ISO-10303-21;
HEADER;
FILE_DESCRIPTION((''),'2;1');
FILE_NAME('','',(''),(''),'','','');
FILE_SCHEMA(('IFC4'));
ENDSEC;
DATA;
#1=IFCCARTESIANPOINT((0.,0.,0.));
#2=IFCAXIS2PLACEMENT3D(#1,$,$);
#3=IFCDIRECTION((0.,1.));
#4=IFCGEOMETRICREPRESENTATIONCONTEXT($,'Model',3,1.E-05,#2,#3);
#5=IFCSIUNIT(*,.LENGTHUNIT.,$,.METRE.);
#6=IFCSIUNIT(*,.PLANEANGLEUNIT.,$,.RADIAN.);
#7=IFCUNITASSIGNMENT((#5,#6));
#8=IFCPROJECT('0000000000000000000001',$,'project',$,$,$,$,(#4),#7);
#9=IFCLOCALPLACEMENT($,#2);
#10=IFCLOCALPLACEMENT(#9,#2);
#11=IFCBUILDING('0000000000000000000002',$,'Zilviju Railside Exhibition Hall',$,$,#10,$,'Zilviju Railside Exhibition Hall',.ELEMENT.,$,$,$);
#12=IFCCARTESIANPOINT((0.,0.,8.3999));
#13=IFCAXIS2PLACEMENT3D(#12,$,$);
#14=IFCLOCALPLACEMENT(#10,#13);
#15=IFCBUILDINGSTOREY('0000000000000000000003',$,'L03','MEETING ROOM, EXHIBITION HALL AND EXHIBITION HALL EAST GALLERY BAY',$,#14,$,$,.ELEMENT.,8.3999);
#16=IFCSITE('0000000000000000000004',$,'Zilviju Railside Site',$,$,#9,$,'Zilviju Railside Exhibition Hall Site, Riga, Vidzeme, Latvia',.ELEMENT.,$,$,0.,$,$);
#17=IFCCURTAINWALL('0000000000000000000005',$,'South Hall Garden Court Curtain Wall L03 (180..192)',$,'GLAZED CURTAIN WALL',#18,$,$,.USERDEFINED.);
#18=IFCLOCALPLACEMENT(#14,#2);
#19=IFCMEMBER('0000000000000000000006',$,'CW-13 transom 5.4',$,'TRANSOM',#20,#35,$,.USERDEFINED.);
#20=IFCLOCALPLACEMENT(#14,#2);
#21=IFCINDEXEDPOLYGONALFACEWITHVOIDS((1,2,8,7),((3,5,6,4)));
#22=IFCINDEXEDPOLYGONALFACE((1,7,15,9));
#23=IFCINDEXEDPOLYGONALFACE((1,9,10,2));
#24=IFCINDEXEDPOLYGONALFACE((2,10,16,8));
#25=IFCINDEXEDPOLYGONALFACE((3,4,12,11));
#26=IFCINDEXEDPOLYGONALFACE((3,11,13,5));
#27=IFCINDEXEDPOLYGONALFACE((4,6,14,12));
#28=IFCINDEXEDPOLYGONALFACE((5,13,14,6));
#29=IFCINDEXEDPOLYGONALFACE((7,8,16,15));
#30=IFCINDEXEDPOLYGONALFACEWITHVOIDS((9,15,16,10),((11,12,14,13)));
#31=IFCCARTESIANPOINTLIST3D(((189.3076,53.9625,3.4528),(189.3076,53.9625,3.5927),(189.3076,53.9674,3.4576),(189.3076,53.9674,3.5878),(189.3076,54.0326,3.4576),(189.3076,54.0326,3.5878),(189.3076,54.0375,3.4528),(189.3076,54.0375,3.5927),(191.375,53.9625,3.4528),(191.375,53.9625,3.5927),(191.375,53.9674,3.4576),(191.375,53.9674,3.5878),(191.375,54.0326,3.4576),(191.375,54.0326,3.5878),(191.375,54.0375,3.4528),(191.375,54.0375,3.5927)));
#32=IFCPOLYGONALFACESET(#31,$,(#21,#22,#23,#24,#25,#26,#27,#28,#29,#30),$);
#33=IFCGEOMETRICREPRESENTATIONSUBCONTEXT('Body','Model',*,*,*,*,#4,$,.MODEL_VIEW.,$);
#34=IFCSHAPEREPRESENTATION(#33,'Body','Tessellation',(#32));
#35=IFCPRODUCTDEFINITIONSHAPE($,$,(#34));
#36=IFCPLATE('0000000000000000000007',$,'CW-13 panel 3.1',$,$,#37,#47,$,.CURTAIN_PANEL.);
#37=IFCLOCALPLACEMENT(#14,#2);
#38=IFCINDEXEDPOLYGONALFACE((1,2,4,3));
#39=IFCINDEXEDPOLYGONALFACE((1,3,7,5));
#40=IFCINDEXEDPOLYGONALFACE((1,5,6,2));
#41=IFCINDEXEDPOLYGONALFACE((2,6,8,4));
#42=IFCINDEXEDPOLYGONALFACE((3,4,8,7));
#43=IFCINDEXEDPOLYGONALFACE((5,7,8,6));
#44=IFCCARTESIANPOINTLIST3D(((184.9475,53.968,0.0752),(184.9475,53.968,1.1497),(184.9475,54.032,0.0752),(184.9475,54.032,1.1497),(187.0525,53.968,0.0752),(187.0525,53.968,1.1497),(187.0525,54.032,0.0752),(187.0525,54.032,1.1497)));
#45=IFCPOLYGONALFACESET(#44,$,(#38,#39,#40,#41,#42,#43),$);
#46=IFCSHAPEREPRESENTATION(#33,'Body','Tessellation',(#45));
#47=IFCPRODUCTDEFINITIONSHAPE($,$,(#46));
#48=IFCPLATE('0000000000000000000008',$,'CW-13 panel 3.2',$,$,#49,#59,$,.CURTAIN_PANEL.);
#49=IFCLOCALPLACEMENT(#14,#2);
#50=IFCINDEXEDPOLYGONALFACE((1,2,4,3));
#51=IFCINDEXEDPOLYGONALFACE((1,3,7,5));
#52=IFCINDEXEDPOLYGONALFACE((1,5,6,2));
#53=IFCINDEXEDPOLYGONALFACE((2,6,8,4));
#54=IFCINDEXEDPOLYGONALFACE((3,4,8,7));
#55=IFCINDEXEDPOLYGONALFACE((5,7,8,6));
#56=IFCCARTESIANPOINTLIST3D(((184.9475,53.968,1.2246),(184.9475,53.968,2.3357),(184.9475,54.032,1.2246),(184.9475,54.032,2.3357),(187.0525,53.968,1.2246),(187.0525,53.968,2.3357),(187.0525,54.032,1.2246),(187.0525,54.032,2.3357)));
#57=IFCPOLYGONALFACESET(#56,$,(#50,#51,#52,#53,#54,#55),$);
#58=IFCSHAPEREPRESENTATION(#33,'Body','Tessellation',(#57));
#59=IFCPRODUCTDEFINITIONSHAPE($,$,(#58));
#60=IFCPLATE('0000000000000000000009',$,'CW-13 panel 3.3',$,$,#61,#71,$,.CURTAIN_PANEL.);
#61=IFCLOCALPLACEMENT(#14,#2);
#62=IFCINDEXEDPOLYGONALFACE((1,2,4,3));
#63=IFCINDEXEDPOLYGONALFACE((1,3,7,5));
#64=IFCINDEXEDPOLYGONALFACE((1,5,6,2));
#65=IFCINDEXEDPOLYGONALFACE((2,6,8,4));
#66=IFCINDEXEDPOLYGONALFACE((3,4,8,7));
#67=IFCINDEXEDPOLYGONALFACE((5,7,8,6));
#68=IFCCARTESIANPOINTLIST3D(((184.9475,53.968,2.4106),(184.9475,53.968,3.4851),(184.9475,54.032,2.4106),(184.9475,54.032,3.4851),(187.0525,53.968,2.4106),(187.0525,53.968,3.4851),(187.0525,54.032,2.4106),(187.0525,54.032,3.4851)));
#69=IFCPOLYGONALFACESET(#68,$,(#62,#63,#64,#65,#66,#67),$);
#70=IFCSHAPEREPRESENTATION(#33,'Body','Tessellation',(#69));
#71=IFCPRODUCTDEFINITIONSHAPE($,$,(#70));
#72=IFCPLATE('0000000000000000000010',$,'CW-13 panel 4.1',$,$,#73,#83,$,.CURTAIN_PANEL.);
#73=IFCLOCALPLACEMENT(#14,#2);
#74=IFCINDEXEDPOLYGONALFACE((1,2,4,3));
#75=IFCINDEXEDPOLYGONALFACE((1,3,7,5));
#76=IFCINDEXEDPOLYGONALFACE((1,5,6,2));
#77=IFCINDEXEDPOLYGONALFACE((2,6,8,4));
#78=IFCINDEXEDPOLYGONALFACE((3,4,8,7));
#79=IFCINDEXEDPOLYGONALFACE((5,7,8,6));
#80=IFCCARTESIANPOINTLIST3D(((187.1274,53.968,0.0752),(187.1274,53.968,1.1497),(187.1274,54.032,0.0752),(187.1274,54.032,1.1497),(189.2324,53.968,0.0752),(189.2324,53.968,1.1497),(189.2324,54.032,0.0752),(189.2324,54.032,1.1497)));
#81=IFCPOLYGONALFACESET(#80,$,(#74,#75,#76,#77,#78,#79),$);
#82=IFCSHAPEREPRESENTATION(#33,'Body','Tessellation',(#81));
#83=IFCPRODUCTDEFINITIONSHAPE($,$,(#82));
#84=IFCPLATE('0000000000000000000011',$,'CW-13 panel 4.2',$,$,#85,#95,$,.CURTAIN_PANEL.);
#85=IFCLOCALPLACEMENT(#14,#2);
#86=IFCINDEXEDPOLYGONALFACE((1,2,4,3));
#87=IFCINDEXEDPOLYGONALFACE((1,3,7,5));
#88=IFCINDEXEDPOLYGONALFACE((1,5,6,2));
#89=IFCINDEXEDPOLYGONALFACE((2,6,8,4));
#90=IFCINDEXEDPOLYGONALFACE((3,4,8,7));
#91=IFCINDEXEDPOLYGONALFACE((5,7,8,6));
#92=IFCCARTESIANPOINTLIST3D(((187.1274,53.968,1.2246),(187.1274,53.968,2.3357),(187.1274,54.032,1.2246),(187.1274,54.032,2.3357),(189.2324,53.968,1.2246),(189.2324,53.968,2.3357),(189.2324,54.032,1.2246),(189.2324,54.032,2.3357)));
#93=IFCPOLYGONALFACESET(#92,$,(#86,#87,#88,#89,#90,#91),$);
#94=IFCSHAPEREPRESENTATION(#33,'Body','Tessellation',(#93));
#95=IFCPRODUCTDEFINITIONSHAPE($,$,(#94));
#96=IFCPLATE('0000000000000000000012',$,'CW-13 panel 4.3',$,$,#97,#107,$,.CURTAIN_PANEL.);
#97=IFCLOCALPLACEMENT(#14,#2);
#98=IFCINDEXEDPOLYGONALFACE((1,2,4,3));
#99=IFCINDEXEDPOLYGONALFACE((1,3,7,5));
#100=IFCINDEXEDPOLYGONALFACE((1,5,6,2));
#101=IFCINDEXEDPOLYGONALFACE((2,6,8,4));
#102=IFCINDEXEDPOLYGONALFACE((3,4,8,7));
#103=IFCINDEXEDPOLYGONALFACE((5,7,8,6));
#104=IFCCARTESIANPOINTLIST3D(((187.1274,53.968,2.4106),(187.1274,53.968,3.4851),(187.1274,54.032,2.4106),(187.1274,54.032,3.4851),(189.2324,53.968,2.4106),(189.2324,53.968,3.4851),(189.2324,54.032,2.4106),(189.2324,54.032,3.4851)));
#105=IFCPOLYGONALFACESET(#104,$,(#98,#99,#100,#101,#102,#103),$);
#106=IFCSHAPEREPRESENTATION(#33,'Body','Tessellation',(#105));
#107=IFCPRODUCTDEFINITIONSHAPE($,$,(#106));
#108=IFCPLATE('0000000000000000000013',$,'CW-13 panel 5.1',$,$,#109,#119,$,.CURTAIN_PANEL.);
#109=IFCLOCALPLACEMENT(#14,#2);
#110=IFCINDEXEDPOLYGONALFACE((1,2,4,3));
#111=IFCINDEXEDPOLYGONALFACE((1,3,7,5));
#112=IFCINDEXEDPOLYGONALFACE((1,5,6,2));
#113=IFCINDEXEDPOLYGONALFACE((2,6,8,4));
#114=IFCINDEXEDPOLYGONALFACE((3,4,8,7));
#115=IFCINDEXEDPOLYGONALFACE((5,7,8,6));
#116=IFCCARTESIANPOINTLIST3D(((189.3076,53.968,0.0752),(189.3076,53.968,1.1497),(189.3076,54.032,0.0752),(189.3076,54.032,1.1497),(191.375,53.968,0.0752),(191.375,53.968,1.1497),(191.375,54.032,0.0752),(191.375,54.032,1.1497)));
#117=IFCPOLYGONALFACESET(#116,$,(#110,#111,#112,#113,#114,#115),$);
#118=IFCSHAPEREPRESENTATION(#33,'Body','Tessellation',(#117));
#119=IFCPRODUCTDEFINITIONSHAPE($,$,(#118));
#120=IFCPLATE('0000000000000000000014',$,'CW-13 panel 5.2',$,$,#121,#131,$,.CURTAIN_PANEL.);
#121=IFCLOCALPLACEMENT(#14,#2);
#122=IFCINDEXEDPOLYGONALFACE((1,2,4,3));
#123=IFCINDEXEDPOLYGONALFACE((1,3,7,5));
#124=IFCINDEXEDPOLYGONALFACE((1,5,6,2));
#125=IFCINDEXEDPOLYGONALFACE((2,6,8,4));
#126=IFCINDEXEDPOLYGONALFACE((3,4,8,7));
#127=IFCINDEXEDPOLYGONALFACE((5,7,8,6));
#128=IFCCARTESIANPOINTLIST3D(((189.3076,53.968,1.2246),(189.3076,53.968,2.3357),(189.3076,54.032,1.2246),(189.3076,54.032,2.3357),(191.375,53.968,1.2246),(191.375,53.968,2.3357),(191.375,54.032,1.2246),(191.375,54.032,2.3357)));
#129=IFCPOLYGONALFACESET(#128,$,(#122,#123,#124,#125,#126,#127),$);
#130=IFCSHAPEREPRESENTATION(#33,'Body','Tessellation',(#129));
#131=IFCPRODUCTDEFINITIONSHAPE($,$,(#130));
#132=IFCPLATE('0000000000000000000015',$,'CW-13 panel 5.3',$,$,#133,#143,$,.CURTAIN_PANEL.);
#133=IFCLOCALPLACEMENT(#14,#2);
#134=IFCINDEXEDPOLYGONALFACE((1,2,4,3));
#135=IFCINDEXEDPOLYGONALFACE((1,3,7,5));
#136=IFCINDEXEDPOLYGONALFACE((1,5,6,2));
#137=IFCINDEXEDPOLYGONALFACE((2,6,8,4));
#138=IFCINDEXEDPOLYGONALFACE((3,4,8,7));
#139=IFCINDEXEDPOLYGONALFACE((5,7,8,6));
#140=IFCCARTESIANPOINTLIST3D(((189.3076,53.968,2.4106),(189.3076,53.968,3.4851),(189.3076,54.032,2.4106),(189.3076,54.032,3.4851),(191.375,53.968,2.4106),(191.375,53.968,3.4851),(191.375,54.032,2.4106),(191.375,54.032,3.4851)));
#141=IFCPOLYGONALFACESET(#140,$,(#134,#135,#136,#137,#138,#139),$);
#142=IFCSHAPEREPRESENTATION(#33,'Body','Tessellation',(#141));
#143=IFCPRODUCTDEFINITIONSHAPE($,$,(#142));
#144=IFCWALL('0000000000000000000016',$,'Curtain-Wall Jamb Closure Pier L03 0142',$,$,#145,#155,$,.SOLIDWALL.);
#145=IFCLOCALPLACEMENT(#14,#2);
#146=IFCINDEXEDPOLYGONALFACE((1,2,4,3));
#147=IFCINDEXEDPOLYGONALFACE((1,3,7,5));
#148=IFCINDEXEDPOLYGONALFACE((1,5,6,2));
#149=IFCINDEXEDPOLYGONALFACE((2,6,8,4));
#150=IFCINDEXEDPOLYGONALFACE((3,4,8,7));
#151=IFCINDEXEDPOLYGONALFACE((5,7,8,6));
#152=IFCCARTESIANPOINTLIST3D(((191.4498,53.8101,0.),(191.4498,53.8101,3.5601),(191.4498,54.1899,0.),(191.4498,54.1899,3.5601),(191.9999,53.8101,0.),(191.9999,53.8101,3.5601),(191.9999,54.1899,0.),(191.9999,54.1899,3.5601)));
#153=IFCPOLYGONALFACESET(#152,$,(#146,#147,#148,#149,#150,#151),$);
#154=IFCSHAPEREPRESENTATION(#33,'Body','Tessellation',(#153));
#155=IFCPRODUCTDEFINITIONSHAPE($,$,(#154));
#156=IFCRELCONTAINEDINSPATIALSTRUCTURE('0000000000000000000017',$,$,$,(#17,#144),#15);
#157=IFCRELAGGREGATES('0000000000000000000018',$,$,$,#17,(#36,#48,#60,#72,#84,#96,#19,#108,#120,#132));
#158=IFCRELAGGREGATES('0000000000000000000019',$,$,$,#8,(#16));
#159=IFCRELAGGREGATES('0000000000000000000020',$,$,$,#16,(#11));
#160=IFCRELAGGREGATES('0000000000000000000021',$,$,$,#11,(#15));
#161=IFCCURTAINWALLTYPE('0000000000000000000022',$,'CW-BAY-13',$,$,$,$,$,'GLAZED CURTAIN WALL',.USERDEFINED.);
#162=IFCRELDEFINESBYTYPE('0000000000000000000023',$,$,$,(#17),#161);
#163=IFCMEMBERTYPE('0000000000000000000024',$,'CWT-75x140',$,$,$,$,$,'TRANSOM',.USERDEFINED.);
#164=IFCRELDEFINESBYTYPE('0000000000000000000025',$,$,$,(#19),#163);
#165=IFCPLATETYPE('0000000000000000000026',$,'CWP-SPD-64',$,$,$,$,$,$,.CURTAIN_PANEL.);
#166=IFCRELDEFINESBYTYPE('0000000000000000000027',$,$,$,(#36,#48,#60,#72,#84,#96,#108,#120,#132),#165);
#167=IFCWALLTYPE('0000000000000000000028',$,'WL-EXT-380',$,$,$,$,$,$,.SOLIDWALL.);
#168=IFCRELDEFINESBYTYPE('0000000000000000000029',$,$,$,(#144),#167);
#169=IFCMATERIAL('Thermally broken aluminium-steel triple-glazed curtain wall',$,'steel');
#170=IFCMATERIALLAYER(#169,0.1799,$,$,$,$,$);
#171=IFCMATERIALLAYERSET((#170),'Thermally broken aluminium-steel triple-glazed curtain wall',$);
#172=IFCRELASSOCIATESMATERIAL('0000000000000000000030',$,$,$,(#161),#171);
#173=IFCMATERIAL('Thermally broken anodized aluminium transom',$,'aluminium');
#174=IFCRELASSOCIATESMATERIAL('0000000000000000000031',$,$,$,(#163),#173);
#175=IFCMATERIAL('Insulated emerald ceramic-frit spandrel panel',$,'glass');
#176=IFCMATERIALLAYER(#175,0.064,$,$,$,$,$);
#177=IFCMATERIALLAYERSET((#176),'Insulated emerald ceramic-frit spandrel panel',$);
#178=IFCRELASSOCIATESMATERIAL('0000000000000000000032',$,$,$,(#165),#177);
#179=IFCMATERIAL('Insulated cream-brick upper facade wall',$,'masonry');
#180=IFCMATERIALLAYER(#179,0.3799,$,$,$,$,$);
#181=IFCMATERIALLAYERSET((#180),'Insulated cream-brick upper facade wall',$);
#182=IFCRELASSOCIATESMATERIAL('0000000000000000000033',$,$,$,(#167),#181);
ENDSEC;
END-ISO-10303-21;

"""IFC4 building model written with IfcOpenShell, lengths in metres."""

from ifc_helpers import new_model, si_unit, direction, frame, frame_2d, origin, origin_2d, place, context, subcontext, project, spatial, rectangle, hollow_rectangle, extrude, material, layer, layer_set, material_profile, profile_set, type_object, element, aggregate, save


model = new_model("IFC4")

# Units and contexts
model_context = context("Model", 3, precision=1e-05, world=origin(), true_north=direction((0.0, 1.0)))
body_context = subcontext(model_context, "Body", "Model", "MODEL_VIEW")
ifc_project = project(units=[si_unit("LENGTHUNIT", "METRE"), si_unit("PLANEANGLEUNIT", "RADIAN")], contexts=[model_context])

# Site, building, storey
site_placement = place(None, origin())
site = spatial("IfcSite", under=ifc_project, at=site_placement, Name="Zilviju Railside Site", LongName="Zilviju Railside Exhibition Hall Site, Riga, Vidzeme, Latvia", CompositionType="ELEMENT", RefElevation=0.0)
building_placement = place(site_placement, origin())
building = spatial("IfcBuilding", under=site, at=building_placement, Name="Zilviju Railside Exhibition Hall", LongName="Zilviju Railside Exhibition Hall", CompositionType="ELEMENT")
storey_placement = place(building_placement, frame((0.0, 0.0, 8.3999)))
storey = spatial("IfcBuildingStorey", under=building, at=storey_placement, Name="L03", Description="MEETING ROOM, EXHIBITION HALL AND EXHIBITION HALL EAST GALLERY BAY", CompositionType="ELEMENT", Elevation=8.3999)

# Curtain wall, member, plates
ifc_material_1 = material(Name="Thermally broken aluminium-steel triple-glazed curtain wall", Category="steel")
ifc_layer_1 = layer(ifc_material_1, 0.1799)
ifc_layer_set_1 = layer_set([ifc_layer_1], Name="Thermally broken aluminium-steel triple-glazed curtain wall")
curtain_wall_type = type_object("IfcCurtainWallType", Name="CW-BAY-13", ElementType="GLAZED CURTAIN WALL", PredefinedType="USERDEFINED", material=ifc_layer_set_1)
curtain_wall_placement = place(storey_placement, origin())
curtain_wall = element("IfcCurtainWall", 1, at=curtain_wall_placement, inside=storey, type_object=curtain_wall_type, Name="South Hall Garden Court Curtain Wall L03 (180..192)", ObjectType="GLAZED CURTAIN WALL", PredefinedType="USERDEFINED")
ifc_material_2 = material(Name="Thermally broken anodized aluminium transom", Category="aluminium")
ifc_material_profile_1 = material_profile(ifc_material_2, hollow_rectangle(XDim=0.075, YDim=0.1399, WallThickness=0.0049, at=origin_2d()), Name="TRANSOM 140x75x5")
ifc_profile_set_1 = profile_set([ifc_material_profile_1], Name="Thermally broken anodized aluminium transom")
member_type_1 = type_object("IfcMemberType", Name="CWT-75x140", ElementType="TRANSOM", PredefinedType="USERDEFINED", material=ifc_profile_set_1)
member_1_placement = place(storey_placement, frame((189.3076, 54.0, 3.5227), z_axis=(1.0, 0.0, 0.0), x_axis=(0.0, 1.0, 0.0)))
member_1 = element("IfcMember", 2, at=member_1_placement, type_object=member_type_1, Name="CW-13 transom 5.4", ObjectType="TRANSOM", PredefinedType="USERDEFINED", context=body_context, shape_type="SweptSolid", body=[
    extrude(hollow_rectangle(XDim=0.075, YDim=0.1399, WallThickness=0.0049, at=origin_2d()), origin(), (0.0, 0.0, 1.0), 2.0674),
])
ifc_material_3 = material(Name="Insulated emerald ceramic-frit spandrel panel", Category="glass")
ifc_layer_2 = layer(ifc_material_3, 0.064)
ifc_layer_set_2 = layer_set([ifc_layer_2], Name="Insulated emerald ceramic-frit spandrel panel")
plate_type = type_object("IfcPlateType", Name="CWP-SPD-64", PredefinedType="CURTAIN_PANEL", material=ifc_layer_set_2)
plate_1_placement = place(storey_placement, frame((186.0, 54.0, 0.0752), z_axis=(0.0, 0.0, 1.0), x_axis=(1.0, 0.0, 0.0)))
plate_1 = element("IfcPlate", 3, at=plate_1_placement, type_object=plate_type, Name="CW-13 panel 3.1", PredefinedType="CURTAIN_PANEL", context=body_context, shape_type="SweptSolid", body=[
    extrude(rectangle(XDim=2.105, YDim=0.064, at=origin_2d()), origin(), (0.0, 0.0, 1.0), 1.0745),
])
plate_2_placement = place(storey_placement, frame((186.0, 54.0, 1.2246), z_axis=(0.0, 0.0, 1.0), x_axis=(1.0, 0.0, 0.0)))
plate_2 = element("IfcPlate", 4, at=plate_2_placement, type_object=plate_type, Name="CW-13 panel 3.2", PredefinedType="CURTAIN_PANEL", context=body_context, shape_type="SweptSolid", body=[
    extrude(rectangle(XDim=2.105, YDim=0.064, at=origin_2d()), origin(), (0.0, 0.0, 1.0), 1.1111),
])
plate_3_placement = place(storey_placement, frame((186.0, 54.0, 2.4106), z_axis=(0.0, 0.0, 1.0), x_axis=(1.0, 0.0, 0.0)))
plate_3 = element("IfcPlate", 5, at=plate_3_placement, type_object=plate_type, Name="CW-13 panel 3.3", PredefinedType="CURTAIN_PANEL", context=body_context, shape_type="SweptSolid", body=[
    extrude(rectangle(XDim=2.105, YDim=0.064, at=origin_2d()), origin(), (0.0, 0.0, 1.0), 1.0745),
])
plate_4_placement = place(storey_placement, frame((188.1799, 54.0, 0.0752), z_axis=(0.0, 0.0, 1.0), x_axis=(1.0, 0.0, 0.0)))
plate_4 = element("IfcPlate", 6, at=plate_4_placement, type_object=plate_type, Name="CW-13 panel 4.1", PredefinedType="CURTAIN_PANEL", context=body_context, shape_type="SweptSolid", body=[
    extrude(rectangle(XDim=2.105, YDim=0.064, at=origin_2d()), origin(), (0.0, 0.0, 1.0), 1.0745),
])
plate_5_placement = place(storey_placement, frame((188.1799, 54.0, 1.2246), z_axis=(0.0, 0.0, 1.0), x_axis=(1.0, 0.0, 0.0)))
plate_5 = element("IfcPlate", 7, at=plate_5_placement, type_object=plate_type, Name="CW-13 panel 4.2", PredefinedType="CURTAIN_PANEL", context=body_context, shape_type="SweptSolid", body=[
    extrude(rectangle(XDim=2.105, YDim=0.064, at=origin_2d()), origin(), (0.0, 0.0, 1.0), 1.1111),
])
plate_6_placement = place(storey_placement, frame((188.1799, 54.0, 2.4106), z_axis=(0.0, 0.0, 1.0), x_axis=(1.0, 0.0, 0.0)))
plate_6 = element("IfcPlate", 8, at=plate_6_placement, type_object=plate_type, Name="CW-13 panel 4.3", PredefinedType="CURTAIN_PANEL", context=body_context, shape_type="SweptSolid", body=[
    extrude(rectangle(XDim=2.105, YDim=0.064, at=origin_2d()), origin(), (0.0, 0.0, 1.0), 1.0745),
])
plate_7_placement = place(storey_placement, frame((190.3413, 54.0, 0.0752), z_axis=(0.0, 0.0, 1.0), x_axis=(1.0, 0.0, 0.0)))
plate_7 = element("IfcPlate", 9, at=plate_7_placement, type_object=plate_type, Name="CW-13 panel 5.1", PredefinedType="CURTAIN_PANEL", context=body_context, shape_type="SweptSolid", body=[
    extrude(rectangle(XDim=2.0674, YDim=0.064, at=origin_2d()), origin(), (0.0, 0.0, 1.0), 1.0745),
])
plate_8_placement = place(storey_placement, frame((190.3413, 54.0, 1.2246), z_axis=(0.0, 0.0, 1.0), x_axis=(1.0, 0.0, 0.0)))
plate_8 = element("IfcPlate", 10, at=plate_8_placement, type_object=plate_type, Name="CW-13 panel 5.2", PredefinedType="CURTAIN_PANEL", context=body_context, shape_type="SweptSolid", body=[
    extrude(rectangle(XDim=2.0674, YDim=0.064, at=origin_2d()), origin(), (0.0, 0.0, 1.0), 1.1111),
])
plate_9_placement = place(storey_placement, frame((190.3413, 54.0, 2.4106), z_axis=(0.0, 0.0, 1.0), x_axis=(1.0, 0.0, 0.0)))
plate_9 = element("IfcPlate", 11, at=plate_9_placement, type_object=plate_type, Name="CW-13 panel 5.3", PredefinedType="CURTAIN_PANEL", context=body_context, shape_type="SweptSolid", body=[
    extrude(rectangle(XDim=2.0674, YDim=0.064, at=origin_2d()), origin(), (0.0, 0.0, 1.0), 1.0745),
])
aggregate(curtain_wall, [plate_1, plate_2, plate_3, plate_4, plate_5, plate_6, member_1, plate_7, plate_8, plate_9])

# Wall
ifc_material_4 = material(Name="Insulated cream-brick upper facade wall", Category="masonry")
ifc_layer_3 = layer(ifc_material_4, 0.3799)
ifc_layer_set_3 = layer_set([ifc_layer_3], Name="Insulated cream-brick upper facade wall")
wall_type = type_object("IfcWallType", Name="WL-EXT-380", PredefinedType="SOLIDWALL", material=ifc_layer_set_3)
wall_placement = place(storey_placement, frame((191.45, 54.0, 0.0), z_axis=(0.0, 0.0, 1.0), x_axis=(1.0, 0.0, 0.0)))
element("IfcWall", 12, at=wall_placement, inside=storey, type_object=wall_type, Name="Curtain-Wall Jamb Closure Pier L03 0142", PredefinedType="SOLIDWALL", context=body_context, shape_type="SweptSolid", body=[
    extrude(rectangle(XDim=0.55, YDim=0.3799, at=frame_2d((0.2749, 0.0))), origin(), (0.0, 0.0, 1.0), 3.5601),
])

save(model, "model.ifc")
